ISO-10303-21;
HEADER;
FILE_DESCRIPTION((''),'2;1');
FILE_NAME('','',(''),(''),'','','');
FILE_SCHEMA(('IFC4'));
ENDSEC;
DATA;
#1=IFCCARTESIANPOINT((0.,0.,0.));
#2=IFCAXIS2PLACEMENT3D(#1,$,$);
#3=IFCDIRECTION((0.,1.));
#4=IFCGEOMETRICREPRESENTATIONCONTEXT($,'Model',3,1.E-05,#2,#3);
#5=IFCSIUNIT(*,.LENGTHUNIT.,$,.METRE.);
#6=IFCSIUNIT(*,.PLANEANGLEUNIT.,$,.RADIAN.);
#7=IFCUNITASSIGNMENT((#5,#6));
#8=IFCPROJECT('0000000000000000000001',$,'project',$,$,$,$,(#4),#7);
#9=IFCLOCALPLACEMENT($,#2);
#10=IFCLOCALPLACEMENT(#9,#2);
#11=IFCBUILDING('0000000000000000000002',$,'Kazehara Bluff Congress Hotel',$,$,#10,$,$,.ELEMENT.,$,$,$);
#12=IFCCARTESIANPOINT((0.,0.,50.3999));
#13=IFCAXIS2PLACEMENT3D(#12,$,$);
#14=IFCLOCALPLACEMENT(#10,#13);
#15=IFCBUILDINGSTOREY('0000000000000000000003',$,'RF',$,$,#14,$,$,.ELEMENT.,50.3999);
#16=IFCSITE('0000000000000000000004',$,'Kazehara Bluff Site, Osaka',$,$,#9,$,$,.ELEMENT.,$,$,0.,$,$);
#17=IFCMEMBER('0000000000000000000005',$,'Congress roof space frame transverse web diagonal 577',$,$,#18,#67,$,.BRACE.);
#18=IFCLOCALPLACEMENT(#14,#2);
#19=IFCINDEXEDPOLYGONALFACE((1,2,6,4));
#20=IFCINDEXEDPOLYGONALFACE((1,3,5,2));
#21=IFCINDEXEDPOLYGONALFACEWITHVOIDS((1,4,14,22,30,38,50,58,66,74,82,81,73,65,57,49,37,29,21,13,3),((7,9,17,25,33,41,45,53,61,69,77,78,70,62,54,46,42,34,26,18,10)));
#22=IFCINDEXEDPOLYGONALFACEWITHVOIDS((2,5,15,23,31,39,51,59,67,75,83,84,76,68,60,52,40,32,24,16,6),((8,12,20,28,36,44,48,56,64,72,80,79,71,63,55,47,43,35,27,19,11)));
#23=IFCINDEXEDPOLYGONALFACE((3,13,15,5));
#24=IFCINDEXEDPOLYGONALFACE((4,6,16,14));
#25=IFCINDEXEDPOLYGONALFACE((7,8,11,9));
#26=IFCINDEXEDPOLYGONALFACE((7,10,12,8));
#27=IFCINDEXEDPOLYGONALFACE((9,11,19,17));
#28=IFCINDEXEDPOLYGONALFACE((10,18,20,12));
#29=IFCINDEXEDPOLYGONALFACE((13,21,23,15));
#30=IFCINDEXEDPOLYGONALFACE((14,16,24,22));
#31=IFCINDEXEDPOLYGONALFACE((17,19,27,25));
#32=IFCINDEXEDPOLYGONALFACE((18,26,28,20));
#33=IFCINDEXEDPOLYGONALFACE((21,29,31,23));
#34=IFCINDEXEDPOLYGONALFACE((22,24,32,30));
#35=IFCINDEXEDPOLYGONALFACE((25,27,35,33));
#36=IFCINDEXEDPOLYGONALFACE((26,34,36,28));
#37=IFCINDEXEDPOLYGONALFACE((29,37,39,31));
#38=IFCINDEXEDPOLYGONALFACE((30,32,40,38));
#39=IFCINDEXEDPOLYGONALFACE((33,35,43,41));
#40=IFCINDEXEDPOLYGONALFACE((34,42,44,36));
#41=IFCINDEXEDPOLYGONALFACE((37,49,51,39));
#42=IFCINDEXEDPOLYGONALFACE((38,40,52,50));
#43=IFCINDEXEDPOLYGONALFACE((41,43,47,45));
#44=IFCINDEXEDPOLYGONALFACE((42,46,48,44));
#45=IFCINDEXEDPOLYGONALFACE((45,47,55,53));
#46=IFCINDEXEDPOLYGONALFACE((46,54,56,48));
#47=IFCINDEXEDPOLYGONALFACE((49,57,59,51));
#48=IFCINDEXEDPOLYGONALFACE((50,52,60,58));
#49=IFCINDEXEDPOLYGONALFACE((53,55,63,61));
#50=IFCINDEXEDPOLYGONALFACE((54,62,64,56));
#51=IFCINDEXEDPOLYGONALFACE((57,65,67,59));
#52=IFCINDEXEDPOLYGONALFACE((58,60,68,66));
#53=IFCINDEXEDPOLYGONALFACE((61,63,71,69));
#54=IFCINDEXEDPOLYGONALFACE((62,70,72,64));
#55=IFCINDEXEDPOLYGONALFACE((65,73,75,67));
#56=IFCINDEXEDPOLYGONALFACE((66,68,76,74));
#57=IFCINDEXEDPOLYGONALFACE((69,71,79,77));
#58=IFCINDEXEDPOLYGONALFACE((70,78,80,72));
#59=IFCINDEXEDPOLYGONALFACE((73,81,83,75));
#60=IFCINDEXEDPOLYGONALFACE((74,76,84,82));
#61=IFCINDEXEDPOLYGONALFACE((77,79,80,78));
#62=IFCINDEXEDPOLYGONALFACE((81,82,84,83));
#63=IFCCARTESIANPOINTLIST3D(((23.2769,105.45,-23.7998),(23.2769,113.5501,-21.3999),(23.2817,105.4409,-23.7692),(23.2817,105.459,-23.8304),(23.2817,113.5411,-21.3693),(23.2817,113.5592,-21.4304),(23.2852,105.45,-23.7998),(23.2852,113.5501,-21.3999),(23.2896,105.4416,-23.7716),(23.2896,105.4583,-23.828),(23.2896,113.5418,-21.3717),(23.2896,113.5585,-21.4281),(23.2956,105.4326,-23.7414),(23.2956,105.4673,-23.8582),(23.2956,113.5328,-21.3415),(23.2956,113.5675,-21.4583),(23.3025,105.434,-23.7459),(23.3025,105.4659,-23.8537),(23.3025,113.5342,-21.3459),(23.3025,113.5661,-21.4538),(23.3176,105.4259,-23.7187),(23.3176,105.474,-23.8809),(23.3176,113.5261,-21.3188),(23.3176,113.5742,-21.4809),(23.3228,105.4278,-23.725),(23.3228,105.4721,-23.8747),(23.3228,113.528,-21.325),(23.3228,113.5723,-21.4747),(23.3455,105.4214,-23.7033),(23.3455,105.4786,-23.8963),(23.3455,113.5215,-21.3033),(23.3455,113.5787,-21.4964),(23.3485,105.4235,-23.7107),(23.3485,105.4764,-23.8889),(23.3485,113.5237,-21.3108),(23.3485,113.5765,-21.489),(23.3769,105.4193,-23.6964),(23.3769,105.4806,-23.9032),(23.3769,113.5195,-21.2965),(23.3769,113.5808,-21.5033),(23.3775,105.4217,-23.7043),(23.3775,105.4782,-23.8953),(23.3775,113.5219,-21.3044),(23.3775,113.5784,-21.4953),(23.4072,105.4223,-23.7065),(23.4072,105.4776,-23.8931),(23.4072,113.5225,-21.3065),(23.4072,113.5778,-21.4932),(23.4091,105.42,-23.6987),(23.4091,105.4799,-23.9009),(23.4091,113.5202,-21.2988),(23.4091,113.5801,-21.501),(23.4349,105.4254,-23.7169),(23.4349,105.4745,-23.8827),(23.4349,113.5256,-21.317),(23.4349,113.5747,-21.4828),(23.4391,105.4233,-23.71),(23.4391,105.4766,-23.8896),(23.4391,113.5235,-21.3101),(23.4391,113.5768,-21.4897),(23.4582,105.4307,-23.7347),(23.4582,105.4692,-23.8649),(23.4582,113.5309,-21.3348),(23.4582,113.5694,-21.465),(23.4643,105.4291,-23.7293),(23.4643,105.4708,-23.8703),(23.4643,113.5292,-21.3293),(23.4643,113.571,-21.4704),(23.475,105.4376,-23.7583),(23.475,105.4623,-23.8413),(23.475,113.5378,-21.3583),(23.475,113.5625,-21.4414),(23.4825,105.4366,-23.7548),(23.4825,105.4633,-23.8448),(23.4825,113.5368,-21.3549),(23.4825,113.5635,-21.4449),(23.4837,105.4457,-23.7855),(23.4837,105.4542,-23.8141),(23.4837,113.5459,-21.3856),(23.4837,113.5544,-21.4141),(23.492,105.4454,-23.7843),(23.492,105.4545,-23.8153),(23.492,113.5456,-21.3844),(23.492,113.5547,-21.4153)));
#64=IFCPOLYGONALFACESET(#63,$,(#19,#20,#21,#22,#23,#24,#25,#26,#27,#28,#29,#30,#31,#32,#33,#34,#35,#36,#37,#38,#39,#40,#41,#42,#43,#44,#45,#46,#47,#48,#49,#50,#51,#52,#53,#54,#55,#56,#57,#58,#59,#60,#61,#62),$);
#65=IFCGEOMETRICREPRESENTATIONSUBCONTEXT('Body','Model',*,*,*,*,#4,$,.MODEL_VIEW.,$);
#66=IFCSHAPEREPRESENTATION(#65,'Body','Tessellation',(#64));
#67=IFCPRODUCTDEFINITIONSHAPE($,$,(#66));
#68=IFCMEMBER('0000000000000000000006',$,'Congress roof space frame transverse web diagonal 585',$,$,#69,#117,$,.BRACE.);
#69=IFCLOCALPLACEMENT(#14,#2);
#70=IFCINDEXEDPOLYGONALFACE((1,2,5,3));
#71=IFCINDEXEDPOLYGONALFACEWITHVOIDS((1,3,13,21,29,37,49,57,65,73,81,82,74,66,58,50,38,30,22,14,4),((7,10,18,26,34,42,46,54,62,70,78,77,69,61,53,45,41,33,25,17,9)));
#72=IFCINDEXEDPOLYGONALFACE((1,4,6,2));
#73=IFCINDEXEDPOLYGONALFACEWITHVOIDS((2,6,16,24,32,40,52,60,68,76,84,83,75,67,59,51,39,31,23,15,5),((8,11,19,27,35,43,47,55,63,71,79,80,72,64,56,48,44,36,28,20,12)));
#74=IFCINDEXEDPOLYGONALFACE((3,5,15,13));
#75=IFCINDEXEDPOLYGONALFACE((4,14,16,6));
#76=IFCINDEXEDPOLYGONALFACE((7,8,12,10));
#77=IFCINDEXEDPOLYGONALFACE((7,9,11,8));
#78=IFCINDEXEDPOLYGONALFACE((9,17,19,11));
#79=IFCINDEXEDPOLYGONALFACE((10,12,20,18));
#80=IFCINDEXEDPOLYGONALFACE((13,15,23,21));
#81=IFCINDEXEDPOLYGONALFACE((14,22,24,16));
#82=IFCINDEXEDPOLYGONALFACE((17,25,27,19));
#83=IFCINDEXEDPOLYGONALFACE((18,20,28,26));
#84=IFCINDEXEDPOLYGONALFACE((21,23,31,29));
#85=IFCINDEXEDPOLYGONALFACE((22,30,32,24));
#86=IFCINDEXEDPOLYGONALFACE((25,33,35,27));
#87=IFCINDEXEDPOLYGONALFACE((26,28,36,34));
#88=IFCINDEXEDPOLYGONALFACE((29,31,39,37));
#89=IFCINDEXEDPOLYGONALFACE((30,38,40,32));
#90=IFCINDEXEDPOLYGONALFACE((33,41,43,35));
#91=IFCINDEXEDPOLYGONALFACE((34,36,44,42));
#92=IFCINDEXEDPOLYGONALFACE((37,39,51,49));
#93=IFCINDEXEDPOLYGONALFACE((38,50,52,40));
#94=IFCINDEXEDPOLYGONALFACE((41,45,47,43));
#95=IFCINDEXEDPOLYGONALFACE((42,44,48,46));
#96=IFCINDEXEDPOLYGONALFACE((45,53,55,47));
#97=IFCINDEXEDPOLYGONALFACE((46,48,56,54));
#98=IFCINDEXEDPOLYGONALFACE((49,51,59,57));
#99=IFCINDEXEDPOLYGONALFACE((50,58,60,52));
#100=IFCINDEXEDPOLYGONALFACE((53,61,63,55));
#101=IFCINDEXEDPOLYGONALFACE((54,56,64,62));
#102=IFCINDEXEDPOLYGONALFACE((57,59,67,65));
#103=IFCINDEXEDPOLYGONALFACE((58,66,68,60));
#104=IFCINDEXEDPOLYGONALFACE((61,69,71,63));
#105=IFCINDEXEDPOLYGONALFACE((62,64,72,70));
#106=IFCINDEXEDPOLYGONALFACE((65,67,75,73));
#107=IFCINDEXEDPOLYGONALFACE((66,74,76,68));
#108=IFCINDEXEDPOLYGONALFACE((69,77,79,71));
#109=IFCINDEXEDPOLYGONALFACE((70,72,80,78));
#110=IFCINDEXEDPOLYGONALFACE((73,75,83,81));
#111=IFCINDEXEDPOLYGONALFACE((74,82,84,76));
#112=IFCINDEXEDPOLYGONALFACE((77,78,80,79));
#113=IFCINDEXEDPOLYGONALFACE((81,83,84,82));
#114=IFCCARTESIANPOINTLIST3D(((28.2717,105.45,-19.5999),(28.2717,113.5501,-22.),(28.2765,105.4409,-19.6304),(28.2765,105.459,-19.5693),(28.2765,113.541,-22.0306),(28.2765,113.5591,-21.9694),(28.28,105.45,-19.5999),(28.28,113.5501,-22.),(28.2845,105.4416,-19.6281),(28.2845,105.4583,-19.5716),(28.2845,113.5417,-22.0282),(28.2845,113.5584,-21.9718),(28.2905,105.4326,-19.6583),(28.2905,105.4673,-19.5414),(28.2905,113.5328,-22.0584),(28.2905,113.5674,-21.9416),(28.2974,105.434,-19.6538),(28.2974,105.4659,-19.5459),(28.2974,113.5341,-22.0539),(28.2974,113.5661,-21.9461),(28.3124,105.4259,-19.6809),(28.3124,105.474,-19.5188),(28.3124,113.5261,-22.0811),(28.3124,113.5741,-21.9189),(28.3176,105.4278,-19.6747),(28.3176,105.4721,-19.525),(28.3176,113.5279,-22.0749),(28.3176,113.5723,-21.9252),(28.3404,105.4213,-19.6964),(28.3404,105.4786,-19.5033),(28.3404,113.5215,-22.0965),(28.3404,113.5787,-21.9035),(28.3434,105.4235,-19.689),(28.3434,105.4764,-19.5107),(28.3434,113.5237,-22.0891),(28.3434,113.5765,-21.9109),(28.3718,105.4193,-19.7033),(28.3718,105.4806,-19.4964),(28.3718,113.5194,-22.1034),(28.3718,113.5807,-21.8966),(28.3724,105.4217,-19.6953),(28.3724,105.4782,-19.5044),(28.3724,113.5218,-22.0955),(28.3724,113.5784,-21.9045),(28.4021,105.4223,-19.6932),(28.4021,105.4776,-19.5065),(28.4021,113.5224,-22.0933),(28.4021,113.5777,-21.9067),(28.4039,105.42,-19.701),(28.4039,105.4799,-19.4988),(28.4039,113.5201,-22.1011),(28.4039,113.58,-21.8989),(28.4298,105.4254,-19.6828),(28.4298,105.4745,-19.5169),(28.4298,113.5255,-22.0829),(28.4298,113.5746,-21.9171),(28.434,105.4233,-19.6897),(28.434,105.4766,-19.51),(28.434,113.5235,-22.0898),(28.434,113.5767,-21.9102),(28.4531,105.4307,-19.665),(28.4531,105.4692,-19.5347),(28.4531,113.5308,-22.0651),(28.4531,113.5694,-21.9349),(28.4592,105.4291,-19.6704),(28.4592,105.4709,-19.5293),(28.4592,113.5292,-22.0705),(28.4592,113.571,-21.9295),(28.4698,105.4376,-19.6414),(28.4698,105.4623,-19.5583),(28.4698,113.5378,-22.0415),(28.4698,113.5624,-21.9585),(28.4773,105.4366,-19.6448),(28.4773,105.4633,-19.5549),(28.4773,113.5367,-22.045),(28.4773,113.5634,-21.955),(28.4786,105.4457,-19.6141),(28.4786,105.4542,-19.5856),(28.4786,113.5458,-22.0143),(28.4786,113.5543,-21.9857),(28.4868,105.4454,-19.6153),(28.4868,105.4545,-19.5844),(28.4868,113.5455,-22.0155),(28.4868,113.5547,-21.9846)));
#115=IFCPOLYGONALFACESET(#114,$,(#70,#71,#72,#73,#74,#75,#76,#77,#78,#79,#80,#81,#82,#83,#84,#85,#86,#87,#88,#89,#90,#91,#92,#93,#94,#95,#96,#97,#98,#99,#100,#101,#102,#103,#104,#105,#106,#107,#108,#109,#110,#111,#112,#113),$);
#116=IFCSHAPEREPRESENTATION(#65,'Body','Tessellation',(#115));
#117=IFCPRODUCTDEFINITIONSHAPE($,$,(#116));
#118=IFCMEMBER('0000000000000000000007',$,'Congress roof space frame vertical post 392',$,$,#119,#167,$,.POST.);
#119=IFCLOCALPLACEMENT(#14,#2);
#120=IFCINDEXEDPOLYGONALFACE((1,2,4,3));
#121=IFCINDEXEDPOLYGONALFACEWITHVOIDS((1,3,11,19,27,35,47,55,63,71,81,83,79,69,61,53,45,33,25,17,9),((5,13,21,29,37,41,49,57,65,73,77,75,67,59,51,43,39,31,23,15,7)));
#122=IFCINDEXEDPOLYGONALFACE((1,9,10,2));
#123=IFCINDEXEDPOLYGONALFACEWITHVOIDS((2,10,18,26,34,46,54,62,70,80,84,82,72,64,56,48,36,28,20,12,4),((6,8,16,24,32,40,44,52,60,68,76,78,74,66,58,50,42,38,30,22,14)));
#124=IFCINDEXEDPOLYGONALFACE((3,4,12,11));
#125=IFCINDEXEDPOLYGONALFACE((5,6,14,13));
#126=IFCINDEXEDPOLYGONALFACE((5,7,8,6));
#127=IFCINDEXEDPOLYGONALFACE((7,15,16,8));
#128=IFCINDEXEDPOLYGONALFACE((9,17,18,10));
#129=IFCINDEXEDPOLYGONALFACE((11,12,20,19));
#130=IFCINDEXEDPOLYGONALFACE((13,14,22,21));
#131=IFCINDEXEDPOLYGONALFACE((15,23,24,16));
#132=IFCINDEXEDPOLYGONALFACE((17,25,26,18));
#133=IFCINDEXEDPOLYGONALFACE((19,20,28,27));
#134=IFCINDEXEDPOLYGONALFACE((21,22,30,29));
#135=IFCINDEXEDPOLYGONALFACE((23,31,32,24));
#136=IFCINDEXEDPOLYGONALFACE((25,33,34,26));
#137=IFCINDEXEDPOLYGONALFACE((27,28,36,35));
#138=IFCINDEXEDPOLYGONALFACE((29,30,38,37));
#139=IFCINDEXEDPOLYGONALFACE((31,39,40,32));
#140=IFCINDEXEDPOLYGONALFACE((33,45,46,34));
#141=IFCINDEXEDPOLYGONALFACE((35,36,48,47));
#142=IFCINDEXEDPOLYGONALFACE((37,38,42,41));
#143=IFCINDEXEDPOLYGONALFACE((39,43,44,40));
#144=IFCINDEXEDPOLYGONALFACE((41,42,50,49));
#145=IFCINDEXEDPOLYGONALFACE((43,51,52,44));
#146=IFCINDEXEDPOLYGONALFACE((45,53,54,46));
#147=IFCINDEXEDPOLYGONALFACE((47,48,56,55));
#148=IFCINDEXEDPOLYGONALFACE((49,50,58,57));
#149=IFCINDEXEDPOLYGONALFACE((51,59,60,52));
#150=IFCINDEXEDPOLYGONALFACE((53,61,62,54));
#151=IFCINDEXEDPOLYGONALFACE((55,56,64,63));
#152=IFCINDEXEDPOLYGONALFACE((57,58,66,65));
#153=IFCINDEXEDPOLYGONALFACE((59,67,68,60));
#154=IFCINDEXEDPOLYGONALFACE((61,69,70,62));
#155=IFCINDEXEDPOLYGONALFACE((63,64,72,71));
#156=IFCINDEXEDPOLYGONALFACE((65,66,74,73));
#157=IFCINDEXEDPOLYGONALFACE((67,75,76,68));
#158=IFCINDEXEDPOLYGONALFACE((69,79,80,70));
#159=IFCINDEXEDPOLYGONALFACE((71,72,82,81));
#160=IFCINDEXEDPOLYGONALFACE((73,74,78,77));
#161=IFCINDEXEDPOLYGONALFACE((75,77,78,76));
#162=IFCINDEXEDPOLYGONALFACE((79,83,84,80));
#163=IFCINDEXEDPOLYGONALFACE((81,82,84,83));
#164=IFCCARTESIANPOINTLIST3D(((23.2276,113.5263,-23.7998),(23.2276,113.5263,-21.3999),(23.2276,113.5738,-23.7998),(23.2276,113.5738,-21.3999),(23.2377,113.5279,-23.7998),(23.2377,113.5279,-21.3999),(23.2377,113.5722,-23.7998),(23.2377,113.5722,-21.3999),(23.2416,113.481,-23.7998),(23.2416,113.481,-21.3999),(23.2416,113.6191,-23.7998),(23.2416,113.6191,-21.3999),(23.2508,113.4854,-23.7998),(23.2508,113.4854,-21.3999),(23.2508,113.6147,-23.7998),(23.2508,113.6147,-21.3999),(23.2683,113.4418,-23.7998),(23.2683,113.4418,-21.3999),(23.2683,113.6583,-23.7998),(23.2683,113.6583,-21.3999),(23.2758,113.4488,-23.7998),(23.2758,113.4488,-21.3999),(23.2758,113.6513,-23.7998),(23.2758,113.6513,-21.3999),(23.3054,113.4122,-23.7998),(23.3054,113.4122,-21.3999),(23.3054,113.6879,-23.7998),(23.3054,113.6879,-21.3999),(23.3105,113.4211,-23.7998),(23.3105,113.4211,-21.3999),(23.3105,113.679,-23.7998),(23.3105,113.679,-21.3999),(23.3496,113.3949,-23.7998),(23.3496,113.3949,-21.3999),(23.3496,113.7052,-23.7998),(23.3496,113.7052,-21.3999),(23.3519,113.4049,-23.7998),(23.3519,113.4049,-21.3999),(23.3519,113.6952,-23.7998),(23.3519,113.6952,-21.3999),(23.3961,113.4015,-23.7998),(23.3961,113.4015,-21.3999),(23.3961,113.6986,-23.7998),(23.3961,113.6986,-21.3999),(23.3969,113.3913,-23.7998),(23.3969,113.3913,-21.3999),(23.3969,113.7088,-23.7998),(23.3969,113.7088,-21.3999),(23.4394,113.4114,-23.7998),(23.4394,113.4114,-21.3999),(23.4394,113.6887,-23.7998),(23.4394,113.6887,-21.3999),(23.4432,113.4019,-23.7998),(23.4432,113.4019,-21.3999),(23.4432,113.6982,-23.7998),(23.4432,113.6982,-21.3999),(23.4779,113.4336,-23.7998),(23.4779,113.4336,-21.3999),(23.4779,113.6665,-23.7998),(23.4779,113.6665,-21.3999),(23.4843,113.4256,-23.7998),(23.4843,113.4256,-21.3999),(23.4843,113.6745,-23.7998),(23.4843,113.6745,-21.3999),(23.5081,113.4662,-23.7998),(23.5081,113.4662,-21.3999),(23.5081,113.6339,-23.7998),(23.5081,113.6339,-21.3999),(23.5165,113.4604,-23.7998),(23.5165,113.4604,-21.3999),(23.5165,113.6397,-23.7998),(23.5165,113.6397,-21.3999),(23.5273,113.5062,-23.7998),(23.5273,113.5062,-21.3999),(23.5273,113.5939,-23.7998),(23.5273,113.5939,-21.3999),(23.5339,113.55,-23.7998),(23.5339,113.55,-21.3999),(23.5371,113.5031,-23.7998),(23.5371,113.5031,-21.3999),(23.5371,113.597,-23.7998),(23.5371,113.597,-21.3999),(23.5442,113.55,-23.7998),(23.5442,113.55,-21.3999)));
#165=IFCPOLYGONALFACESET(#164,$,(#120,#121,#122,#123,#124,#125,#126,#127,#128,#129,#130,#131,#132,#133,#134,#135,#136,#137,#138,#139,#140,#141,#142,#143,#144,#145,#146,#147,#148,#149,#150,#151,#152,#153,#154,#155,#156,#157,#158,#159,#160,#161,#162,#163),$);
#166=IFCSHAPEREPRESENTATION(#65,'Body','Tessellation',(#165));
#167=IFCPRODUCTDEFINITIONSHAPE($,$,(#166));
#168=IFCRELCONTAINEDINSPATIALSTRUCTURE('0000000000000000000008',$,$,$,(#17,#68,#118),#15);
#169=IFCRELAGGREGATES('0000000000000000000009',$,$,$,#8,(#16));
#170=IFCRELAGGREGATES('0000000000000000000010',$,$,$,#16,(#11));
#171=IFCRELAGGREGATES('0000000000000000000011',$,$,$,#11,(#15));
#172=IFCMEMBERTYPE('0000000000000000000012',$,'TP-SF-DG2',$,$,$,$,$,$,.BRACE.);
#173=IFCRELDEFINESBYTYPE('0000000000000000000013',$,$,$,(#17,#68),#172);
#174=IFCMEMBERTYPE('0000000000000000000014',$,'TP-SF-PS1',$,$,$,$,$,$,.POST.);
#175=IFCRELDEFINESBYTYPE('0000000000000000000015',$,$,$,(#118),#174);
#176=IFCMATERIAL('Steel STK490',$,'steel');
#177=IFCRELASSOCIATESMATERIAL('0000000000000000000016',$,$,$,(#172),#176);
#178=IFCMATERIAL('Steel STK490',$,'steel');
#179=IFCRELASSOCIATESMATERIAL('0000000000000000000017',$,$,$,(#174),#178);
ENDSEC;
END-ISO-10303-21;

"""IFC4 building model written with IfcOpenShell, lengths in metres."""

from ifc_helpers import new_model, si_unit, direction, frame, origin, origin_2d, place, context, subcontext, project, spatial, hollow_circle, extrude, material, material_profile, profile_set, type_object, element, save


model = new_model("IFC4")

# Units and contexts
model_context = context("Model", 3, precision=1e-05, world=origin(), true_north=direction((0.0, 1.0)))
body_context = subcontext(model_context, "Body", "Model", "MODEL_VIEW")
ifc_project = project(units=[si_unit("LENGTHUNIT", "METRE"), si_unit("PLANEANGLEUNIT", "RADIAN")], contexts=[model_context])

# Site, building, storey
site_placement = place(None, origin())
site = spatial("IfcSite", under=ifc_project, at=site_placement, Name="Kazehara Bluff Site, Osaka", CompositionType="ELEMENT", RefElevation=0.0)
building_placement = place(site_placement, origin())
building = spatial("IfcBuilding", under=site, at=building_placement, Name="Kazehara Bluff Congress Hotel", CompositionType="ELEMENT")
storey_placement = place(building_placement, frame((0.0, 0.0, 50.3999)))
storey = spatial("IfcBuildingStorey", under=building, at=storey_placement, Name="RF", CompositionType="ELEMENT", Elevation=50.3999)

# Members
ifc_material_1 = material(Name="Steel STK490", Category="steel")
ifc_material_profile_1 = material_profile(ifc_material_1, hollow_circle(Radius=0.1082, WallThickness=0.0083, at=origin_2d()))
ifc_profile_set_1 = profile_set([ifc_material_profile_1], Name="Steel STK490")
member_type_1 = type_object("IfcMemberType", Name="TP-SF-DG2", PredefinedType="BRACE", material=ifc_profile_set_1)
for number, where, z_axis, x_axis, name in (
    (1, (23.385, 105.45, -23.7998), (0.0, 0.958802, 0.284075), (-1.0, 0.0, 0.0), "Congress roof space frame transverse web diagonal 577"),
    (2, (28.3799, 105.45, -19.5999), (0.0, 0.958794, -0.284101), (-1.0, 0.0, 0.0), "Congress roof space frame transverse web diagonal 585"),
):
    element("IfcMember", number, at=place(storey_placement, frame(where, z_axis=z_axis, x_axis=x_axis)), inside=storey, type_object=member_type_1, Name=name, PredefinedType="BRACE", context=body_context, shape_type="SweptSolid", body=[
        extrude(hollow_circle(Radius=0.1082, WallThickness=0.0083, at=origin_2d()), origin(), (0.0, 0.0, 1.0), 8.4482),
    ])
ifc_material_2 = material(Name="Steel STK490", Category="steel")
ifc_material_profile_2 = material_profile(ifc_material_2, hollow_circle(Radius=0.1592, WallThickness=0.0103, at=origin_2d()))
ifc_profile_set_2 = profile_set([ifc_material_profile_2], Name="Steel STK490")
member_type_2 = type_object("IfcMemberType", Name="TP-SF-PS1", PredefinedType="POST", material=ifc_profile_set_2)
member_1_placement = place(storey_placement, frame((23.385, 113.55, -23.7998), z_axis=(0.0, 0.0, 1.0), x_axis=(1.0, 0.0, 0.0)))
element("IfcMember", 3, at=member_1_placement, inside=storey, type_object=member_type_2, Name="Congress roof space frame vertical post 392", PredefinedType="POST", context=body_context, shape_type="SweptSolid", body=[
    extrude(hollow_circle(Radius=0.1592, WallThickness=0.0103, at=origin_2d()), origin(), (0.0, 0.0, 1.0), 2.3999),
])

save(model, "model.ifc")
